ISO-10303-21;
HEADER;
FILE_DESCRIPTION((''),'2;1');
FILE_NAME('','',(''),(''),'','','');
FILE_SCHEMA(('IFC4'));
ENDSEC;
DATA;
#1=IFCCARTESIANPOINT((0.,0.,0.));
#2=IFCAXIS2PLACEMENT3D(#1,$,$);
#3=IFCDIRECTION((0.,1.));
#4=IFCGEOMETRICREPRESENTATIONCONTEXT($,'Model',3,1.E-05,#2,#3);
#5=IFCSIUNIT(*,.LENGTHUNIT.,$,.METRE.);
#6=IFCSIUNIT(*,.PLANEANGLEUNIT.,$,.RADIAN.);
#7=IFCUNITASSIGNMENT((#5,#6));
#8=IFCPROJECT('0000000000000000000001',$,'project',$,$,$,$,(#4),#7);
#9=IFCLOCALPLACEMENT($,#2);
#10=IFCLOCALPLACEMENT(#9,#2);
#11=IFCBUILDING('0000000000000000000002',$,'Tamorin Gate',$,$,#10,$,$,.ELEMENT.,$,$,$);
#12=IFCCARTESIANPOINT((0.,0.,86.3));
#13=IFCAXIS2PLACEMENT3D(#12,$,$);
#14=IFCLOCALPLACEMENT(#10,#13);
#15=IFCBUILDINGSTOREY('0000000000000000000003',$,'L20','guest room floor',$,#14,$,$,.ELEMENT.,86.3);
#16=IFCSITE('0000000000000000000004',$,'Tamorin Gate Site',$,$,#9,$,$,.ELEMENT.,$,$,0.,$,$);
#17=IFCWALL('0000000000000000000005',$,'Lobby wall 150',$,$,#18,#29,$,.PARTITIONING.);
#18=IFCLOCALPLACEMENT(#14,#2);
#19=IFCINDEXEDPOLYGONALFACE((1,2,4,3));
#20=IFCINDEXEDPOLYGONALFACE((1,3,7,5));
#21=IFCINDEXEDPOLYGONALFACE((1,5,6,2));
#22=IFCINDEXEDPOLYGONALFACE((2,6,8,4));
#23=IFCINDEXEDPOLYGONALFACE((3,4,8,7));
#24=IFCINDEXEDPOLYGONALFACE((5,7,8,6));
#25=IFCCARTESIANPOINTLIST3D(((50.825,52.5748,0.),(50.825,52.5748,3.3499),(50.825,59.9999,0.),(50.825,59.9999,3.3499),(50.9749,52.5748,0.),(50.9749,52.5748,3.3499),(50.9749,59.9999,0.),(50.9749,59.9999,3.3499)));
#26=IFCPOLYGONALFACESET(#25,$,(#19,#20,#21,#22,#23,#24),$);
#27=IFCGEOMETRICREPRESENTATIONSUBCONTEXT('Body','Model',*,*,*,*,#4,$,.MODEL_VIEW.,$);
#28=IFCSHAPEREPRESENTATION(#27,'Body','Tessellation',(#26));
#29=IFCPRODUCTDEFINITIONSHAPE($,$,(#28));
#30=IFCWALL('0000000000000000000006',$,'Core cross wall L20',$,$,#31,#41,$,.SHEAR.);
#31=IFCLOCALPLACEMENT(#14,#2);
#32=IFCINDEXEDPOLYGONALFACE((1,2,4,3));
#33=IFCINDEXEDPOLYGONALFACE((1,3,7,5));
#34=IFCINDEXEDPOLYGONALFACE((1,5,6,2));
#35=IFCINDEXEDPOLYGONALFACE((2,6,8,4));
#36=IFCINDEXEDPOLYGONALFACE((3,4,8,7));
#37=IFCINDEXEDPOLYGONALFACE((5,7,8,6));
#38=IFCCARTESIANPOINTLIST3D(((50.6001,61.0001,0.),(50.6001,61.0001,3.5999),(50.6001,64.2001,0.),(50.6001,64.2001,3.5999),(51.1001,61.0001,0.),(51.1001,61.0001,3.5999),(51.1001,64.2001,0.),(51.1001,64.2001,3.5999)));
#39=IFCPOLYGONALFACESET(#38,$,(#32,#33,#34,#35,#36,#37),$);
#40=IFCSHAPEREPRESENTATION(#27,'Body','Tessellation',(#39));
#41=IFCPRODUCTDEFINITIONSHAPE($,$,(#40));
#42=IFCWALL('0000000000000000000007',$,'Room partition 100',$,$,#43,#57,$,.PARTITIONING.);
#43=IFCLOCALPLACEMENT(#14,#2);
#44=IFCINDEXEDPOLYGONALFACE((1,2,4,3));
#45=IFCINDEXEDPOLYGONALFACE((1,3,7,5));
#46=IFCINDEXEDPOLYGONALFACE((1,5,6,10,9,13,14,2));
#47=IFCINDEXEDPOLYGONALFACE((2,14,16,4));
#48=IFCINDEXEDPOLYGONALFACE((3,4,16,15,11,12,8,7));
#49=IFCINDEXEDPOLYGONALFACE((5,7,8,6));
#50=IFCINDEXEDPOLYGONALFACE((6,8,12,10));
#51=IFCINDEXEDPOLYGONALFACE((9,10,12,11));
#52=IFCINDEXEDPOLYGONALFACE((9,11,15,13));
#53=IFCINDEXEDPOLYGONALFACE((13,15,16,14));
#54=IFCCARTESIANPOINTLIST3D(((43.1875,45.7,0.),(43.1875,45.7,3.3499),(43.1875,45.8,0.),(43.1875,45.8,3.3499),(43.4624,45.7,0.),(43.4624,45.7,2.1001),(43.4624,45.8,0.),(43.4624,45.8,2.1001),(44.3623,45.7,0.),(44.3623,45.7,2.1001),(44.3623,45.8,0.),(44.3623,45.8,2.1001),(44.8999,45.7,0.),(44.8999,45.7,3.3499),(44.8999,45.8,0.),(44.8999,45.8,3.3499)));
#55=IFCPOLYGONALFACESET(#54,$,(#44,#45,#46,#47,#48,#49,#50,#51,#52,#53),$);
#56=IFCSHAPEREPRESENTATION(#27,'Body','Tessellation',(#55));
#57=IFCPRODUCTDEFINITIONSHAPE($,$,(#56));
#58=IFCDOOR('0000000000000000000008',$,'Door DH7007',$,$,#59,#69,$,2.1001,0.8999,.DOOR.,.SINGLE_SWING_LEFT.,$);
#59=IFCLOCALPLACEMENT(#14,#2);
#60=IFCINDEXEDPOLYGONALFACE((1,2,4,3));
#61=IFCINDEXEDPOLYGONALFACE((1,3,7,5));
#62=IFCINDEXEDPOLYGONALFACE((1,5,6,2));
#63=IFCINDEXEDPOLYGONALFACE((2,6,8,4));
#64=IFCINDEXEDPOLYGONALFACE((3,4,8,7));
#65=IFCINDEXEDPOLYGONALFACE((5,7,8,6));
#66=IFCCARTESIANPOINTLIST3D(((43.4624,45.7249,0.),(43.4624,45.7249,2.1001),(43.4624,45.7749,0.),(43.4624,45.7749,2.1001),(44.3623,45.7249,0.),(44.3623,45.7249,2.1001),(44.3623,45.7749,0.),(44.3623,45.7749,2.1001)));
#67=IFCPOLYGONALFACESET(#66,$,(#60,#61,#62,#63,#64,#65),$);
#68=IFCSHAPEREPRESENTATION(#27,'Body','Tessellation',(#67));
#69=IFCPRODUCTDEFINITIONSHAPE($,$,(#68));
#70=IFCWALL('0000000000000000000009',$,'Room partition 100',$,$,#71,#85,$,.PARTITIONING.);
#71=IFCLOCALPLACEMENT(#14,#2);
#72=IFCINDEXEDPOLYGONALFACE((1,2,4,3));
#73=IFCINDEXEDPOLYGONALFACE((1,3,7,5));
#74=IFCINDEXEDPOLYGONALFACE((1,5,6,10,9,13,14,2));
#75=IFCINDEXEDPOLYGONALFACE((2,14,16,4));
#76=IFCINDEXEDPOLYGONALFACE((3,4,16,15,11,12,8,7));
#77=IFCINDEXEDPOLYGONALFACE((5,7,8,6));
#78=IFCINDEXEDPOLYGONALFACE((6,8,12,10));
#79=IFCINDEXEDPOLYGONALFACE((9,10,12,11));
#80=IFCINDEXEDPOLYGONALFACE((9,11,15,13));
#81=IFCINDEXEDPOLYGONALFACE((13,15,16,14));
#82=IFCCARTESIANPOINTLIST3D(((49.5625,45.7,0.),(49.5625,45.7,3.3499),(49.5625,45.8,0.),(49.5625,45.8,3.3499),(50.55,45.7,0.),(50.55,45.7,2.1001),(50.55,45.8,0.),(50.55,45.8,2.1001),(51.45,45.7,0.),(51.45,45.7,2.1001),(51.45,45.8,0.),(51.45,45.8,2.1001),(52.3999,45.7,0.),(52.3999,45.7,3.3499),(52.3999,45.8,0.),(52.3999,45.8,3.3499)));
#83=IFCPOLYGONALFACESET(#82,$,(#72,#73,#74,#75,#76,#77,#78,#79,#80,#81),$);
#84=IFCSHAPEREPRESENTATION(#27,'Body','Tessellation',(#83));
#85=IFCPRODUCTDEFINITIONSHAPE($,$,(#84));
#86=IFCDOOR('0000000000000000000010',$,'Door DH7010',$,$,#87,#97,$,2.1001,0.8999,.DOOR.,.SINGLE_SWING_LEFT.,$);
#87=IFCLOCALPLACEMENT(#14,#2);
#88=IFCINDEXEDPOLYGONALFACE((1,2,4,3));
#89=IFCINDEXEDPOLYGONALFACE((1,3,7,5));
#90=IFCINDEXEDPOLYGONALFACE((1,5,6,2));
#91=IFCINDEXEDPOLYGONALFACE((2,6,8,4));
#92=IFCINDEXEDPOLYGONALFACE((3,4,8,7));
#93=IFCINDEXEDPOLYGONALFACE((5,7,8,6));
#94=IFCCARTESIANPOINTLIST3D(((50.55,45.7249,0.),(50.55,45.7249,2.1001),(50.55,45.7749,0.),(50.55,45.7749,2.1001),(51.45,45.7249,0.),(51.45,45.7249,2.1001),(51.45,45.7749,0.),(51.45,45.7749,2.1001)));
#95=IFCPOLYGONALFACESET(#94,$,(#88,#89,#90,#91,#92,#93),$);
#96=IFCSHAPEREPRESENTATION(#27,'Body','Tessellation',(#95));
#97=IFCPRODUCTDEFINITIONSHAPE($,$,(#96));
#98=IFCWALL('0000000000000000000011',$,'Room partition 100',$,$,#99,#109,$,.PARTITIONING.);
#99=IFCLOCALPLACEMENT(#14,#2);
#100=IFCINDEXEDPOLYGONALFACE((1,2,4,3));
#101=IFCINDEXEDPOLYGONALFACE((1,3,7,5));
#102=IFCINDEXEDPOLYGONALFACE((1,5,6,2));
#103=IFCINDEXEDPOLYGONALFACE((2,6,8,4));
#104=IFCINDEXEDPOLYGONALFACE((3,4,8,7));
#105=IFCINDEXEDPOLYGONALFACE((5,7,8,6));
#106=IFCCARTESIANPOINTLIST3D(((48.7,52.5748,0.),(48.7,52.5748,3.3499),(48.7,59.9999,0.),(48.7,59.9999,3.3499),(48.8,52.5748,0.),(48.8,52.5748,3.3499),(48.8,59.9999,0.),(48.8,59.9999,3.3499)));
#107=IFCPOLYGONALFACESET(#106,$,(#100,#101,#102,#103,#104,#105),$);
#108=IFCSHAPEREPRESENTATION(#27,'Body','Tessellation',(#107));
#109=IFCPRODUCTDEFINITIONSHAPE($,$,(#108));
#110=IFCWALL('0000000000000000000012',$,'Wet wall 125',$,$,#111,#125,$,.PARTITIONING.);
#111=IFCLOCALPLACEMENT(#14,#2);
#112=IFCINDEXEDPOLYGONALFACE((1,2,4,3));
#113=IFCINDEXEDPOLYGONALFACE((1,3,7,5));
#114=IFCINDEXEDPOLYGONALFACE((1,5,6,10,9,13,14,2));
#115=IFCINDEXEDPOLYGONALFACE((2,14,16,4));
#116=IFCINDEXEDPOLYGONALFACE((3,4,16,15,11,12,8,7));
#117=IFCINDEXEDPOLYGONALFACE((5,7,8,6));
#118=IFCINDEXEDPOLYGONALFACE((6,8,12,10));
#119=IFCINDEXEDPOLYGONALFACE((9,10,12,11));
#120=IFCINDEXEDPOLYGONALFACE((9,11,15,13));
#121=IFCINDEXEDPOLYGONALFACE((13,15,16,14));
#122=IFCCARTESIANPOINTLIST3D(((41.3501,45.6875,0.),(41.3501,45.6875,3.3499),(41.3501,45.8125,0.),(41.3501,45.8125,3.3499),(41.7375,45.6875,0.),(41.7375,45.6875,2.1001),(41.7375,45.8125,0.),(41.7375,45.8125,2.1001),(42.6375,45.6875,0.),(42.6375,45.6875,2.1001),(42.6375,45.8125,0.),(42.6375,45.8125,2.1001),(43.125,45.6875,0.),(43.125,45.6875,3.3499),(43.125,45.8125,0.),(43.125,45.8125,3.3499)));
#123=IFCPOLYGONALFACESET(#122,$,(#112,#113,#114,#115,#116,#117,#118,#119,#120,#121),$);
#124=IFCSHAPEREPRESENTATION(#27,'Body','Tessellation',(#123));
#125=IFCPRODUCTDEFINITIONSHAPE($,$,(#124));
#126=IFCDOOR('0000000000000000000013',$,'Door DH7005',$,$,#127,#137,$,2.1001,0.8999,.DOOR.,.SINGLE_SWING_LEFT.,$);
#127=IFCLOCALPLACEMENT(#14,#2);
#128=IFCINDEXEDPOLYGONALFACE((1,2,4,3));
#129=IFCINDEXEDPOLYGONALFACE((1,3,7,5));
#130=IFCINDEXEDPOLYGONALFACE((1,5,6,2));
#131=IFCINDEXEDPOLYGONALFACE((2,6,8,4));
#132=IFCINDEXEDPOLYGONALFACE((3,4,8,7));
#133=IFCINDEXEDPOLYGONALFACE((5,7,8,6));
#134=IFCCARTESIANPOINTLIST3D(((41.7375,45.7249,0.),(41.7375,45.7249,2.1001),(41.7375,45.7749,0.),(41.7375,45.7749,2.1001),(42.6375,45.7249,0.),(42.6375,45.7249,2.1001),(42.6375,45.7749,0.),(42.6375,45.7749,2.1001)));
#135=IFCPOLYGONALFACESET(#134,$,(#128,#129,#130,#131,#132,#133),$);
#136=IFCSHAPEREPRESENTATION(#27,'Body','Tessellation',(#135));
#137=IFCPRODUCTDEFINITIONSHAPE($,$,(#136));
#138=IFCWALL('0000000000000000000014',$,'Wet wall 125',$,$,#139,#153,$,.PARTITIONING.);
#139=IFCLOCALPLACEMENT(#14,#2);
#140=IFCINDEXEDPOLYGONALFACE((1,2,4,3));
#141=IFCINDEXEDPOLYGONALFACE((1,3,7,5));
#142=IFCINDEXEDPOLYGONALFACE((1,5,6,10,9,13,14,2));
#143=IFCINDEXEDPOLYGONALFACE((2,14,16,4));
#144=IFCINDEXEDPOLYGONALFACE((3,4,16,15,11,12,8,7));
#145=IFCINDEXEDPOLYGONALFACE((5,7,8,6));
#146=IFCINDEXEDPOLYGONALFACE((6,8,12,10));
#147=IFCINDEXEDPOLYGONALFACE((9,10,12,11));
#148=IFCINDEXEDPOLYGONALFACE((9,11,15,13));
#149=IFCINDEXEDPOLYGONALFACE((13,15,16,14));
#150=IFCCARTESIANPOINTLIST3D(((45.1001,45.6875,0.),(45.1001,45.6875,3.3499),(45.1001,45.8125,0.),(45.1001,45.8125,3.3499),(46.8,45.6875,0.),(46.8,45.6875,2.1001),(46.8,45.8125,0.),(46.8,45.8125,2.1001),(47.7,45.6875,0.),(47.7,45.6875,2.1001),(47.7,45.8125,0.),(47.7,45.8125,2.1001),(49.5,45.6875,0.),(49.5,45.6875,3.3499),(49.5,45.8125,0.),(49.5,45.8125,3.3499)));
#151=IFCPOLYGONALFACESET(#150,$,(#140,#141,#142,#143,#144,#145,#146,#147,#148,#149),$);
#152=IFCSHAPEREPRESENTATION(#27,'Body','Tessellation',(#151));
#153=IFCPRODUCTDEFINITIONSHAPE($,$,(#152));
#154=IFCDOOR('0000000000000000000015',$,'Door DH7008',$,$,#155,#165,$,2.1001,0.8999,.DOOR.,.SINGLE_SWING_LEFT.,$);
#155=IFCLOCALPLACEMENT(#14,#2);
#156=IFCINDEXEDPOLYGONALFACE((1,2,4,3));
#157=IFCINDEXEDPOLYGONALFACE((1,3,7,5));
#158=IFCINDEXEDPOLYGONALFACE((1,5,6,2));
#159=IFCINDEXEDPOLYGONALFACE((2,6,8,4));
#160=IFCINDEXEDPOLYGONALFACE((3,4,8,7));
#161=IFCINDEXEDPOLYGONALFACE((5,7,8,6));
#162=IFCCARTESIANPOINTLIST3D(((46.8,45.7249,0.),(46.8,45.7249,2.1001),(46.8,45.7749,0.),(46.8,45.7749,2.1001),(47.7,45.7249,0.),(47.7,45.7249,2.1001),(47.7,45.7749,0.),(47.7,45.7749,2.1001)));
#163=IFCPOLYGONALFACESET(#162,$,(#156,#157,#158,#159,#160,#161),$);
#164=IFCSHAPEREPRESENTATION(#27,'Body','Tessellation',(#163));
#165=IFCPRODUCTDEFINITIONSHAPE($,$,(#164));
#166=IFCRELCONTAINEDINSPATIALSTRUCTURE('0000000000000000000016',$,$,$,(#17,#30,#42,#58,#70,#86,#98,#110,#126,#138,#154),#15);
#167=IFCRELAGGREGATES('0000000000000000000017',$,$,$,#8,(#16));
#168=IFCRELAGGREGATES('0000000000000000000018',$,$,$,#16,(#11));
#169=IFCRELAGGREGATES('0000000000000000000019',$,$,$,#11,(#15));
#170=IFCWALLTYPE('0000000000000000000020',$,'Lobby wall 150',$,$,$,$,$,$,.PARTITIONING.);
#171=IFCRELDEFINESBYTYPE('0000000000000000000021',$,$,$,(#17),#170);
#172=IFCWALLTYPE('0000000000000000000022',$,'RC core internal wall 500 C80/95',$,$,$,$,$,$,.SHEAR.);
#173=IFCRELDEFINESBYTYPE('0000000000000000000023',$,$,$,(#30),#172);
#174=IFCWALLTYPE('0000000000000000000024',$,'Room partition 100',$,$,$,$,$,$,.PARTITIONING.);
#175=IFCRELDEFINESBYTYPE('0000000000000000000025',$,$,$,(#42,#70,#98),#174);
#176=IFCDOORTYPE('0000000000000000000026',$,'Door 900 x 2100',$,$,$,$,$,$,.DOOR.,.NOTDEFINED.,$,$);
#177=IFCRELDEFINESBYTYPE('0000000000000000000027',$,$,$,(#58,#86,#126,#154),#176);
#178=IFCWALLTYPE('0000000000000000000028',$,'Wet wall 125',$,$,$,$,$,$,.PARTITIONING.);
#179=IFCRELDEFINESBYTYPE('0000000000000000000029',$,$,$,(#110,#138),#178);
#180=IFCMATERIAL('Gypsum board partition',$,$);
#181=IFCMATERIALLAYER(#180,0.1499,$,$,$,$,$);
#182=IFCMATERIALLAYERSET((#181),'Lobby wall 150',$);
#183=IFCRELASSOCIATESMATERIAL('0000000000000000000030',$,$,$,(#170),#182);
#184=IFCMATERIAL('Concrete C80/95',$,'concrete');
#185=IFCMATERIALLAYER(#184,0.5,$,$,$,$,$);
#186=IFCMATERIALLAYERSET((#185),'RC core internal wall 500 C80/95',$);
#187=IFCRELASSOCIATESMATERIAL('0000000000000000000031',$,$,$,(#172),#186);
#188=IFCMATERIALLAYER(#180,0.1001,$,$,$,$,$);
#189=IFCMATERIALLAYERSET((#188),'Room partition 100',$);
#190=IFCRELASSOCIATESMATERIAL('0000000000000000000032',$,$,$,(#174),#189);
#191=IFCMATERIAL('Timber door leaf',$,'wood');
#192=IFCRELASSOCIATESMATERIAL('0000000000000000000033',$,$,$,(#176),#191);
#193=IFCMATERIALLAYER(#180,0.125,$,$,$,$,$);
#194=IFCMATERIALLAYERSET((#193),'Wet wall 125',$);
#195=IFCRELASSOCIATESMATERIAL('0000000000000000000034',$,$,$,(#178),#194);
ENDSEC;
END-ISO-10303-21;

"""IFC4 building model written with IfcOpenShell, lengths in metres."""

from ifc_helpers import new_model, si_unit, direction, frame, frame_2d, origin, place, context, subcontext, project, spatial, rectangle, extrude, material, layer, layer_set, type_object, element, fill, save


model = new_model("IFC4")

# Units and contexts
model_context = context("Model", 3, precision=1e-05, world=origin(), true_north=direction((0.0, 1.0)))
body_context = subcontext(model_context, "Body", "Model", "MODEL_VIEW")
ifc_project = project(units=[si_unit("LENGTHUNIT", "METRE"), si_unit("PLANEANGLEUNIT", "RADIAN")], contexts=[model_context])

# Site, building, storey
site_placement = place(None, origin())
site = spatial("IfcSite", under=ifc_project, at=site_placement, Name="Tamorin Gate Site", CompositionType="ELEMENT", RefElevation=0.0)
building_placement = place(site_placement, origin())
building = spatial("IfcBuilding", under=site, at=building_placement, Name="Tamorin Gate", CompositionType="ELEMENT")
storey_placement = place(building_placement, frame((0.0, 0.0, 86.3)))
storey = spatial("IfcBuildingStorey", under=building, at=storey_placement, Name="L20", Description="guest room floor", CompositionType="ELEMENT", Elevation=86.3)

# Shared definitions
ifc_material_1 = material(Name="Concrete C80/95", Category="concrete")

# Walls
ifc_material_2 = material(Name="Gypsum board partition")
ifc_layer_1 = layer(ifc_material_2, 0.1499)
ifc_layer_set_1 = layer_set([ifc_layer_1], Name="Lobby wall 150")
wall_type_1 = type_object("IfcWallType", Name="Lobby wall 150", PredefinedType="PARTITIONING", material=ifc_layer_set_1)
wall_1_placement = place(storey_placement, frame((50.8999, 52.575, 0.0), z_axis=(0.0, 0.0, 1.0), x_axis=(0.0, 1.0, 0.0)))
element("IfcWall", 1, at=wall_1_placement, inside=storey, type_object=wall_type_1, Name="Lobby wall 150", PredefinedType="PARTITIONING", context=body_context, shape_type="SweptSolid", body=[
    extrude(rectangle(XDim=7.425, YDim=0.1499, at=frame_2d((3.7124, 0.0))), origin(), (0.0, 0.0, 1.0), 3.3499),
])
ifc_layer_2 = layer(ifc_material_1, 0.5)
ifc_layer_set_2 = layer_set([ifc_layer_2], Name="RC core internal wall 500 C80/95")
wall_type_2 = type_object("IfcWallType", Name="RC core internal wall 500 C80/95", PredefinedType="SHEAR", material=ifc_layer_set_2)
wall_2_placement = place(storey_placement, frame((50.8501, 61.0, 0.0), z_axis=(0.0, 0.0, 1.0), x_axis=(0.0, 1.0, 0.0)))
element("IfcWall", 2, at=wall_2_placement, inside=storey, type_object=wall_type_2, Name="Core cross wall L20", PredefinedType="SHEAR", context=body_context, shape_type="SweptSolid", body=[
    extrude(rectangle(XDim=3.2, YDim=0.5, at=frame_2d((1.6001, 0.0))), origin(), (0.0, 0.0, 1.0), 3.5999),
])

# Walls, openings, doors
ifc_layer_3 = layer(ifc_material_2, 0.1001)
ifc_layer_set_3 = layer_set([ifc_layer_3], Name="Room partition 100")
wall_type_3 = type_object("IfcWallType", Name="Room partition 100", PredefinedType="PARTITIONING", material=ifc_layer_set_3)
wall_3_placement = place(storey_placement, frame((43.1875, 45.75, 0.0), z_axis=(0.0, 0.0, 1.0), x_axis=(1.0, 0.0, 0.0)))
wall_3 = element("IfcWall", 3, at=wall_3_placement, inside=storey, type_object=wall_type_3, Name="Room partition 100", PredefinedType="PARTITIONING", context=body_context, shape_type="SweptSolid", body=[
    extrude(rectangle(XDim=1.7124, YDim=0.1001, at=frame_2d((0.8562, 0.0))), origin(), (0.0, 0.0, 1.0), 3.3499),
])
opening_1_placement = place(wall_3_placement, frame((0.2749, 0.0, 0.0)))
opening_1 = element("IfcOpeningElement", 4, at=opening_1_placement, cuts=wall_3, PredefinedType="OPENING", context=body_context, shape_type="SweptSolid", body=[
    extrude(rectangle(XDim=0.8999, YDim=2.1001, at=frame_2d((0.45, 1.05))), frame((0.0, 0.0601, 0.0), z_axis=(0.0, -1.0, 0.0), x_axis=(1.0, 0.0, 0.0)), (0.0, 0.0, 1.0), 0.1201),
])
ifc_material_3 = material(Name="Timber door leaf", Category="wood")
door_type = type_object("IfcDoorType", Name="Door 900 x 2100", OperationType="NOTDEFINED", PredefinedType="DOOR", material=ifc_material_3)
door_1_placement = place(opening_1_placement, origin())
door_1 = element("IfcDoor", 5, at=door_1_placement, inside=storey, type_object=door_type, Name="Door DH7007", OperationType="SINGLE_SWING_LEFT", OverallHeight=2.1001, OverallWidth=0.8999, PredefinedType="DOOR", context=body_context, shape_type="SweptSolid", body=[
    extrude(rectangle(XDim=0.8999, YDim=2.1001, at=frame_2d((0.45, 1.05))), frame((0.0, 0.0249, 0.0), z_axis=(0.0, -1.0, 0.0), x_axis=(1.0, 0.0, 0.0)), (0.0, 0.0, 1.0), 0.05),
])
fill(opening_1, door_1)
wall_4_placement = place(storey_placement, frame((49.5625, 45.75, 0.0), z_axis=(0.0, 0.0, 1.0), x_axis=(1.0, 0.0, 0.0)))
wall_4 = element("IfcWall", 6, at=wall_4_placement, inside=storey, type_object=wall_type_3, Name="Room partition 100", PredefinedType="PARTITIONING", context=body_context, shape_type="SweptSolid", body=[
    extrude(rectangle(XDim=2.8374, YDim=0.1001, at=frame_2d((1.4187, 0.0))), origin(), (0.0, 0.0, 1.0), 3.3499),
])
opening_2_placement = place(wall_4_placement, frame((0.9875, 0.0, 0.0)))
opening_2 = element("IfcOpeningElement", 7, at=opening_2_placement, cuts=wall_4, PredefinedType="OPENING", context=body_context, shape_type="SweptSolid", body=[
    extrude(rectangle(XDim=0.8999, YDim=2.1001, at=frame_2d((0.45, 1.05))), frame((0.0, 0.0601, 0.0), z_axis=(0.0, -1.0, 0.0), x_axis=(1.0, 0.0, 0.0)), (0.0, 0.0, 1.0), 0.1201),
])
door_2_placement = place(opening_2_placement, origin())
door_2 = element("IfcDoor", 8, at=door_2_placement, inside=storey, type_object=door_type, Name="Door DH7010", OperationType="SINGLE_SWING_LEFT", OverallHeight=2.1001, OverallWidth=0.8999, PredefinedType="DOOR", context=body_context, shape_type="SweptSolid", body=[
    extrude(rectangle(XDim=0.8999, YDim=2.1001, at=frame_2d((0.45, 1.05))), frame((0.0, 0.0249, 0.0), z_axis=(0.0, -1.0, 0.0), x_axis=(1.0, 0.0, 0.0)), (0.0, 0.0, 1.0), 0.05),
])
fill(opening_2, door_2)

# Wall
wall_5_placement = place(storey_placement, frame((48.75, 52.575, 0.0), z_axis=(0.0, 0.0, 1.0), x_axis=(0.0, 1.0, 0.0)))
element("IfcWall", 9, at=wall_5_placement, inside=storey, type_object=wall_type_3, Name="Room partition 100", PredefinedType="PARTITIONING", context=body_context, shape_type="SweptSolid", body=[
    extrude(rectangle(XDim=7.425, YDim=0.1001, at=frame_2d((3.7124, 0.0))), origin(), (0.0, 0.0, 1.0), 3.3499),
])

# Walls, openings, doors
ifc_layer_4 = layer(ifc_material_2, 0.125)
ifc_layer_set_4 = layer_set([ifc_layer_4], Name="Wet wall 125")
wall_type_4 = type_object("IfcWallType", Name="Wet wall 125", PredefinedType="PARTITIONING", material=ifc_layer_set_4)
wall_6_placement = place(storey_placement, frame((41.3501, 45.75, 0.0), z_axis=(0.0, 0.0, 1.0), x_axis=(1.0, 0.0, 0.0)))
wall_6 = element("IfcWall", 10, at=wall_6_placement, inside=storey, type_object=wall_type_4, Name="Wet wall 125", PredefinedType="PARTITIONING", context=body_context, shape_type="SweptSolid", body=[
    extrude(rectangle(XDim=1.7749, YDim=0.125, at=frame_2d((0.8875, 0.0))), origin(), (0.0, 0.0, 1.0), 3.3499),
])
opening_3_placement = place(wall_6_placement, frame((0.3875, 0.0, 0.0)))
opening_3 = element("IfcOpeningElement", 11, at=opening_3_placement, cuts=wall_6, PredefinedType="OPENING", context=body_context, shape_type="SweptSolid", body=[
    extrude(rectangle(XDim=0.8999, YDim=2.1001, at=frame_2d((0.45, 1.05))), frame((0.0, 0.0725, 0.0), z_axis=(0.0, -1.0, 0.0), x_axis=(1.0, 0.0, 0.0)), (0.0, 0.0, 1.0), 0.145),
])
door_3_placement = place(opening_3_placement, origin())
door_3 = element("IfcDoor", 12, at=door_3_placement, inside=storey, type_object=door_type, Name="Door DH7005", OperationType="SINGLE_SWING_LEFT", OverallHeight=2.1001, OverallWidth=0.8999, PredefinedType="DOOR", context=body_context, shape_type="SweptSolid", body=[
    extrude(rectangle(XDim=0.8999, YDim=2.1001, at=frame_2d((0.45, 1.05))), frame((0.0, 0.0249, 0.0), z_axis=(0.0, -1.0, 0.0), x_axis=(1.0, 0.0, 0.0)), (0.0, 0.0, 1.0), 0.05),
])
fill(opening_3, door_3)
wall_7_placement = place(storey_placement, frame((45.1001, 45.75, 0.0), z_axis=(0.0, 0.0, 1.0), x_axis=(1.0, 0.0, 0.0)))
wall_7 = element("IfcWall", 13, at=wall_7_placement, inside=storey, type_object=wall_type_4, Name="Wet wall 125", PredefinedType="PARTITIONING", context=body_context, shape_type="SweptSolid", body=[
    extrude(rectangle(XDim=4.3999, YDim=0.125, at=frame_2d((2.2, 0.0))), origin(), (0.0, 0.0, 1.0), 3.3499),
])
opening_4_placement = place(wall_7_placement, frame((1.7, 0.0, 0.0)))
opening_4 = element("IfcOpeningElement", 14, at=opening_4_placement, cuts=wall_7, PredefinedType="OPENING", context=body_context, shape_type="SweptSolid", body=[
    extrude(rectangle(XDim=0.8999, YDim=2.1001, at=frame_2d((0.45, 1.05))), frame((0.0, 0.0725, 0.0), z_axis=(0.0, -1.0, 0.0), x_axis=(1.0, 0.0, 0.0)), (0.0, 0.0, 1.0), 0.145),
])
door_4_placement = place(opening_4_placement, origin())
door_4 = element("IfcDoor", 15, at=door_4_placement, inside=storey, type_object=door_type, Name="Door DH7008", OperationType="SINGLE_SWING_LEFT", OverallHeight=2.1001, OverallWidth=0.8999, PredefinedType="DOOR", context=body_context, shape_type="SweptSolid", body=[
    extrude(rectangle(XDim=0.8999, YDim=2.1001, at=frame_2d((0.45, 1.05))), frame((0.0, 0.0249, 0.0), z_axis=(0.0, -1.0, 0.0), x_axis=(1.0, 0.0, 0.0)), (0.0, 0.0, 1.0), 0.05),
])
fill(opening_4, door_4)

save(model, "model.ifc")
